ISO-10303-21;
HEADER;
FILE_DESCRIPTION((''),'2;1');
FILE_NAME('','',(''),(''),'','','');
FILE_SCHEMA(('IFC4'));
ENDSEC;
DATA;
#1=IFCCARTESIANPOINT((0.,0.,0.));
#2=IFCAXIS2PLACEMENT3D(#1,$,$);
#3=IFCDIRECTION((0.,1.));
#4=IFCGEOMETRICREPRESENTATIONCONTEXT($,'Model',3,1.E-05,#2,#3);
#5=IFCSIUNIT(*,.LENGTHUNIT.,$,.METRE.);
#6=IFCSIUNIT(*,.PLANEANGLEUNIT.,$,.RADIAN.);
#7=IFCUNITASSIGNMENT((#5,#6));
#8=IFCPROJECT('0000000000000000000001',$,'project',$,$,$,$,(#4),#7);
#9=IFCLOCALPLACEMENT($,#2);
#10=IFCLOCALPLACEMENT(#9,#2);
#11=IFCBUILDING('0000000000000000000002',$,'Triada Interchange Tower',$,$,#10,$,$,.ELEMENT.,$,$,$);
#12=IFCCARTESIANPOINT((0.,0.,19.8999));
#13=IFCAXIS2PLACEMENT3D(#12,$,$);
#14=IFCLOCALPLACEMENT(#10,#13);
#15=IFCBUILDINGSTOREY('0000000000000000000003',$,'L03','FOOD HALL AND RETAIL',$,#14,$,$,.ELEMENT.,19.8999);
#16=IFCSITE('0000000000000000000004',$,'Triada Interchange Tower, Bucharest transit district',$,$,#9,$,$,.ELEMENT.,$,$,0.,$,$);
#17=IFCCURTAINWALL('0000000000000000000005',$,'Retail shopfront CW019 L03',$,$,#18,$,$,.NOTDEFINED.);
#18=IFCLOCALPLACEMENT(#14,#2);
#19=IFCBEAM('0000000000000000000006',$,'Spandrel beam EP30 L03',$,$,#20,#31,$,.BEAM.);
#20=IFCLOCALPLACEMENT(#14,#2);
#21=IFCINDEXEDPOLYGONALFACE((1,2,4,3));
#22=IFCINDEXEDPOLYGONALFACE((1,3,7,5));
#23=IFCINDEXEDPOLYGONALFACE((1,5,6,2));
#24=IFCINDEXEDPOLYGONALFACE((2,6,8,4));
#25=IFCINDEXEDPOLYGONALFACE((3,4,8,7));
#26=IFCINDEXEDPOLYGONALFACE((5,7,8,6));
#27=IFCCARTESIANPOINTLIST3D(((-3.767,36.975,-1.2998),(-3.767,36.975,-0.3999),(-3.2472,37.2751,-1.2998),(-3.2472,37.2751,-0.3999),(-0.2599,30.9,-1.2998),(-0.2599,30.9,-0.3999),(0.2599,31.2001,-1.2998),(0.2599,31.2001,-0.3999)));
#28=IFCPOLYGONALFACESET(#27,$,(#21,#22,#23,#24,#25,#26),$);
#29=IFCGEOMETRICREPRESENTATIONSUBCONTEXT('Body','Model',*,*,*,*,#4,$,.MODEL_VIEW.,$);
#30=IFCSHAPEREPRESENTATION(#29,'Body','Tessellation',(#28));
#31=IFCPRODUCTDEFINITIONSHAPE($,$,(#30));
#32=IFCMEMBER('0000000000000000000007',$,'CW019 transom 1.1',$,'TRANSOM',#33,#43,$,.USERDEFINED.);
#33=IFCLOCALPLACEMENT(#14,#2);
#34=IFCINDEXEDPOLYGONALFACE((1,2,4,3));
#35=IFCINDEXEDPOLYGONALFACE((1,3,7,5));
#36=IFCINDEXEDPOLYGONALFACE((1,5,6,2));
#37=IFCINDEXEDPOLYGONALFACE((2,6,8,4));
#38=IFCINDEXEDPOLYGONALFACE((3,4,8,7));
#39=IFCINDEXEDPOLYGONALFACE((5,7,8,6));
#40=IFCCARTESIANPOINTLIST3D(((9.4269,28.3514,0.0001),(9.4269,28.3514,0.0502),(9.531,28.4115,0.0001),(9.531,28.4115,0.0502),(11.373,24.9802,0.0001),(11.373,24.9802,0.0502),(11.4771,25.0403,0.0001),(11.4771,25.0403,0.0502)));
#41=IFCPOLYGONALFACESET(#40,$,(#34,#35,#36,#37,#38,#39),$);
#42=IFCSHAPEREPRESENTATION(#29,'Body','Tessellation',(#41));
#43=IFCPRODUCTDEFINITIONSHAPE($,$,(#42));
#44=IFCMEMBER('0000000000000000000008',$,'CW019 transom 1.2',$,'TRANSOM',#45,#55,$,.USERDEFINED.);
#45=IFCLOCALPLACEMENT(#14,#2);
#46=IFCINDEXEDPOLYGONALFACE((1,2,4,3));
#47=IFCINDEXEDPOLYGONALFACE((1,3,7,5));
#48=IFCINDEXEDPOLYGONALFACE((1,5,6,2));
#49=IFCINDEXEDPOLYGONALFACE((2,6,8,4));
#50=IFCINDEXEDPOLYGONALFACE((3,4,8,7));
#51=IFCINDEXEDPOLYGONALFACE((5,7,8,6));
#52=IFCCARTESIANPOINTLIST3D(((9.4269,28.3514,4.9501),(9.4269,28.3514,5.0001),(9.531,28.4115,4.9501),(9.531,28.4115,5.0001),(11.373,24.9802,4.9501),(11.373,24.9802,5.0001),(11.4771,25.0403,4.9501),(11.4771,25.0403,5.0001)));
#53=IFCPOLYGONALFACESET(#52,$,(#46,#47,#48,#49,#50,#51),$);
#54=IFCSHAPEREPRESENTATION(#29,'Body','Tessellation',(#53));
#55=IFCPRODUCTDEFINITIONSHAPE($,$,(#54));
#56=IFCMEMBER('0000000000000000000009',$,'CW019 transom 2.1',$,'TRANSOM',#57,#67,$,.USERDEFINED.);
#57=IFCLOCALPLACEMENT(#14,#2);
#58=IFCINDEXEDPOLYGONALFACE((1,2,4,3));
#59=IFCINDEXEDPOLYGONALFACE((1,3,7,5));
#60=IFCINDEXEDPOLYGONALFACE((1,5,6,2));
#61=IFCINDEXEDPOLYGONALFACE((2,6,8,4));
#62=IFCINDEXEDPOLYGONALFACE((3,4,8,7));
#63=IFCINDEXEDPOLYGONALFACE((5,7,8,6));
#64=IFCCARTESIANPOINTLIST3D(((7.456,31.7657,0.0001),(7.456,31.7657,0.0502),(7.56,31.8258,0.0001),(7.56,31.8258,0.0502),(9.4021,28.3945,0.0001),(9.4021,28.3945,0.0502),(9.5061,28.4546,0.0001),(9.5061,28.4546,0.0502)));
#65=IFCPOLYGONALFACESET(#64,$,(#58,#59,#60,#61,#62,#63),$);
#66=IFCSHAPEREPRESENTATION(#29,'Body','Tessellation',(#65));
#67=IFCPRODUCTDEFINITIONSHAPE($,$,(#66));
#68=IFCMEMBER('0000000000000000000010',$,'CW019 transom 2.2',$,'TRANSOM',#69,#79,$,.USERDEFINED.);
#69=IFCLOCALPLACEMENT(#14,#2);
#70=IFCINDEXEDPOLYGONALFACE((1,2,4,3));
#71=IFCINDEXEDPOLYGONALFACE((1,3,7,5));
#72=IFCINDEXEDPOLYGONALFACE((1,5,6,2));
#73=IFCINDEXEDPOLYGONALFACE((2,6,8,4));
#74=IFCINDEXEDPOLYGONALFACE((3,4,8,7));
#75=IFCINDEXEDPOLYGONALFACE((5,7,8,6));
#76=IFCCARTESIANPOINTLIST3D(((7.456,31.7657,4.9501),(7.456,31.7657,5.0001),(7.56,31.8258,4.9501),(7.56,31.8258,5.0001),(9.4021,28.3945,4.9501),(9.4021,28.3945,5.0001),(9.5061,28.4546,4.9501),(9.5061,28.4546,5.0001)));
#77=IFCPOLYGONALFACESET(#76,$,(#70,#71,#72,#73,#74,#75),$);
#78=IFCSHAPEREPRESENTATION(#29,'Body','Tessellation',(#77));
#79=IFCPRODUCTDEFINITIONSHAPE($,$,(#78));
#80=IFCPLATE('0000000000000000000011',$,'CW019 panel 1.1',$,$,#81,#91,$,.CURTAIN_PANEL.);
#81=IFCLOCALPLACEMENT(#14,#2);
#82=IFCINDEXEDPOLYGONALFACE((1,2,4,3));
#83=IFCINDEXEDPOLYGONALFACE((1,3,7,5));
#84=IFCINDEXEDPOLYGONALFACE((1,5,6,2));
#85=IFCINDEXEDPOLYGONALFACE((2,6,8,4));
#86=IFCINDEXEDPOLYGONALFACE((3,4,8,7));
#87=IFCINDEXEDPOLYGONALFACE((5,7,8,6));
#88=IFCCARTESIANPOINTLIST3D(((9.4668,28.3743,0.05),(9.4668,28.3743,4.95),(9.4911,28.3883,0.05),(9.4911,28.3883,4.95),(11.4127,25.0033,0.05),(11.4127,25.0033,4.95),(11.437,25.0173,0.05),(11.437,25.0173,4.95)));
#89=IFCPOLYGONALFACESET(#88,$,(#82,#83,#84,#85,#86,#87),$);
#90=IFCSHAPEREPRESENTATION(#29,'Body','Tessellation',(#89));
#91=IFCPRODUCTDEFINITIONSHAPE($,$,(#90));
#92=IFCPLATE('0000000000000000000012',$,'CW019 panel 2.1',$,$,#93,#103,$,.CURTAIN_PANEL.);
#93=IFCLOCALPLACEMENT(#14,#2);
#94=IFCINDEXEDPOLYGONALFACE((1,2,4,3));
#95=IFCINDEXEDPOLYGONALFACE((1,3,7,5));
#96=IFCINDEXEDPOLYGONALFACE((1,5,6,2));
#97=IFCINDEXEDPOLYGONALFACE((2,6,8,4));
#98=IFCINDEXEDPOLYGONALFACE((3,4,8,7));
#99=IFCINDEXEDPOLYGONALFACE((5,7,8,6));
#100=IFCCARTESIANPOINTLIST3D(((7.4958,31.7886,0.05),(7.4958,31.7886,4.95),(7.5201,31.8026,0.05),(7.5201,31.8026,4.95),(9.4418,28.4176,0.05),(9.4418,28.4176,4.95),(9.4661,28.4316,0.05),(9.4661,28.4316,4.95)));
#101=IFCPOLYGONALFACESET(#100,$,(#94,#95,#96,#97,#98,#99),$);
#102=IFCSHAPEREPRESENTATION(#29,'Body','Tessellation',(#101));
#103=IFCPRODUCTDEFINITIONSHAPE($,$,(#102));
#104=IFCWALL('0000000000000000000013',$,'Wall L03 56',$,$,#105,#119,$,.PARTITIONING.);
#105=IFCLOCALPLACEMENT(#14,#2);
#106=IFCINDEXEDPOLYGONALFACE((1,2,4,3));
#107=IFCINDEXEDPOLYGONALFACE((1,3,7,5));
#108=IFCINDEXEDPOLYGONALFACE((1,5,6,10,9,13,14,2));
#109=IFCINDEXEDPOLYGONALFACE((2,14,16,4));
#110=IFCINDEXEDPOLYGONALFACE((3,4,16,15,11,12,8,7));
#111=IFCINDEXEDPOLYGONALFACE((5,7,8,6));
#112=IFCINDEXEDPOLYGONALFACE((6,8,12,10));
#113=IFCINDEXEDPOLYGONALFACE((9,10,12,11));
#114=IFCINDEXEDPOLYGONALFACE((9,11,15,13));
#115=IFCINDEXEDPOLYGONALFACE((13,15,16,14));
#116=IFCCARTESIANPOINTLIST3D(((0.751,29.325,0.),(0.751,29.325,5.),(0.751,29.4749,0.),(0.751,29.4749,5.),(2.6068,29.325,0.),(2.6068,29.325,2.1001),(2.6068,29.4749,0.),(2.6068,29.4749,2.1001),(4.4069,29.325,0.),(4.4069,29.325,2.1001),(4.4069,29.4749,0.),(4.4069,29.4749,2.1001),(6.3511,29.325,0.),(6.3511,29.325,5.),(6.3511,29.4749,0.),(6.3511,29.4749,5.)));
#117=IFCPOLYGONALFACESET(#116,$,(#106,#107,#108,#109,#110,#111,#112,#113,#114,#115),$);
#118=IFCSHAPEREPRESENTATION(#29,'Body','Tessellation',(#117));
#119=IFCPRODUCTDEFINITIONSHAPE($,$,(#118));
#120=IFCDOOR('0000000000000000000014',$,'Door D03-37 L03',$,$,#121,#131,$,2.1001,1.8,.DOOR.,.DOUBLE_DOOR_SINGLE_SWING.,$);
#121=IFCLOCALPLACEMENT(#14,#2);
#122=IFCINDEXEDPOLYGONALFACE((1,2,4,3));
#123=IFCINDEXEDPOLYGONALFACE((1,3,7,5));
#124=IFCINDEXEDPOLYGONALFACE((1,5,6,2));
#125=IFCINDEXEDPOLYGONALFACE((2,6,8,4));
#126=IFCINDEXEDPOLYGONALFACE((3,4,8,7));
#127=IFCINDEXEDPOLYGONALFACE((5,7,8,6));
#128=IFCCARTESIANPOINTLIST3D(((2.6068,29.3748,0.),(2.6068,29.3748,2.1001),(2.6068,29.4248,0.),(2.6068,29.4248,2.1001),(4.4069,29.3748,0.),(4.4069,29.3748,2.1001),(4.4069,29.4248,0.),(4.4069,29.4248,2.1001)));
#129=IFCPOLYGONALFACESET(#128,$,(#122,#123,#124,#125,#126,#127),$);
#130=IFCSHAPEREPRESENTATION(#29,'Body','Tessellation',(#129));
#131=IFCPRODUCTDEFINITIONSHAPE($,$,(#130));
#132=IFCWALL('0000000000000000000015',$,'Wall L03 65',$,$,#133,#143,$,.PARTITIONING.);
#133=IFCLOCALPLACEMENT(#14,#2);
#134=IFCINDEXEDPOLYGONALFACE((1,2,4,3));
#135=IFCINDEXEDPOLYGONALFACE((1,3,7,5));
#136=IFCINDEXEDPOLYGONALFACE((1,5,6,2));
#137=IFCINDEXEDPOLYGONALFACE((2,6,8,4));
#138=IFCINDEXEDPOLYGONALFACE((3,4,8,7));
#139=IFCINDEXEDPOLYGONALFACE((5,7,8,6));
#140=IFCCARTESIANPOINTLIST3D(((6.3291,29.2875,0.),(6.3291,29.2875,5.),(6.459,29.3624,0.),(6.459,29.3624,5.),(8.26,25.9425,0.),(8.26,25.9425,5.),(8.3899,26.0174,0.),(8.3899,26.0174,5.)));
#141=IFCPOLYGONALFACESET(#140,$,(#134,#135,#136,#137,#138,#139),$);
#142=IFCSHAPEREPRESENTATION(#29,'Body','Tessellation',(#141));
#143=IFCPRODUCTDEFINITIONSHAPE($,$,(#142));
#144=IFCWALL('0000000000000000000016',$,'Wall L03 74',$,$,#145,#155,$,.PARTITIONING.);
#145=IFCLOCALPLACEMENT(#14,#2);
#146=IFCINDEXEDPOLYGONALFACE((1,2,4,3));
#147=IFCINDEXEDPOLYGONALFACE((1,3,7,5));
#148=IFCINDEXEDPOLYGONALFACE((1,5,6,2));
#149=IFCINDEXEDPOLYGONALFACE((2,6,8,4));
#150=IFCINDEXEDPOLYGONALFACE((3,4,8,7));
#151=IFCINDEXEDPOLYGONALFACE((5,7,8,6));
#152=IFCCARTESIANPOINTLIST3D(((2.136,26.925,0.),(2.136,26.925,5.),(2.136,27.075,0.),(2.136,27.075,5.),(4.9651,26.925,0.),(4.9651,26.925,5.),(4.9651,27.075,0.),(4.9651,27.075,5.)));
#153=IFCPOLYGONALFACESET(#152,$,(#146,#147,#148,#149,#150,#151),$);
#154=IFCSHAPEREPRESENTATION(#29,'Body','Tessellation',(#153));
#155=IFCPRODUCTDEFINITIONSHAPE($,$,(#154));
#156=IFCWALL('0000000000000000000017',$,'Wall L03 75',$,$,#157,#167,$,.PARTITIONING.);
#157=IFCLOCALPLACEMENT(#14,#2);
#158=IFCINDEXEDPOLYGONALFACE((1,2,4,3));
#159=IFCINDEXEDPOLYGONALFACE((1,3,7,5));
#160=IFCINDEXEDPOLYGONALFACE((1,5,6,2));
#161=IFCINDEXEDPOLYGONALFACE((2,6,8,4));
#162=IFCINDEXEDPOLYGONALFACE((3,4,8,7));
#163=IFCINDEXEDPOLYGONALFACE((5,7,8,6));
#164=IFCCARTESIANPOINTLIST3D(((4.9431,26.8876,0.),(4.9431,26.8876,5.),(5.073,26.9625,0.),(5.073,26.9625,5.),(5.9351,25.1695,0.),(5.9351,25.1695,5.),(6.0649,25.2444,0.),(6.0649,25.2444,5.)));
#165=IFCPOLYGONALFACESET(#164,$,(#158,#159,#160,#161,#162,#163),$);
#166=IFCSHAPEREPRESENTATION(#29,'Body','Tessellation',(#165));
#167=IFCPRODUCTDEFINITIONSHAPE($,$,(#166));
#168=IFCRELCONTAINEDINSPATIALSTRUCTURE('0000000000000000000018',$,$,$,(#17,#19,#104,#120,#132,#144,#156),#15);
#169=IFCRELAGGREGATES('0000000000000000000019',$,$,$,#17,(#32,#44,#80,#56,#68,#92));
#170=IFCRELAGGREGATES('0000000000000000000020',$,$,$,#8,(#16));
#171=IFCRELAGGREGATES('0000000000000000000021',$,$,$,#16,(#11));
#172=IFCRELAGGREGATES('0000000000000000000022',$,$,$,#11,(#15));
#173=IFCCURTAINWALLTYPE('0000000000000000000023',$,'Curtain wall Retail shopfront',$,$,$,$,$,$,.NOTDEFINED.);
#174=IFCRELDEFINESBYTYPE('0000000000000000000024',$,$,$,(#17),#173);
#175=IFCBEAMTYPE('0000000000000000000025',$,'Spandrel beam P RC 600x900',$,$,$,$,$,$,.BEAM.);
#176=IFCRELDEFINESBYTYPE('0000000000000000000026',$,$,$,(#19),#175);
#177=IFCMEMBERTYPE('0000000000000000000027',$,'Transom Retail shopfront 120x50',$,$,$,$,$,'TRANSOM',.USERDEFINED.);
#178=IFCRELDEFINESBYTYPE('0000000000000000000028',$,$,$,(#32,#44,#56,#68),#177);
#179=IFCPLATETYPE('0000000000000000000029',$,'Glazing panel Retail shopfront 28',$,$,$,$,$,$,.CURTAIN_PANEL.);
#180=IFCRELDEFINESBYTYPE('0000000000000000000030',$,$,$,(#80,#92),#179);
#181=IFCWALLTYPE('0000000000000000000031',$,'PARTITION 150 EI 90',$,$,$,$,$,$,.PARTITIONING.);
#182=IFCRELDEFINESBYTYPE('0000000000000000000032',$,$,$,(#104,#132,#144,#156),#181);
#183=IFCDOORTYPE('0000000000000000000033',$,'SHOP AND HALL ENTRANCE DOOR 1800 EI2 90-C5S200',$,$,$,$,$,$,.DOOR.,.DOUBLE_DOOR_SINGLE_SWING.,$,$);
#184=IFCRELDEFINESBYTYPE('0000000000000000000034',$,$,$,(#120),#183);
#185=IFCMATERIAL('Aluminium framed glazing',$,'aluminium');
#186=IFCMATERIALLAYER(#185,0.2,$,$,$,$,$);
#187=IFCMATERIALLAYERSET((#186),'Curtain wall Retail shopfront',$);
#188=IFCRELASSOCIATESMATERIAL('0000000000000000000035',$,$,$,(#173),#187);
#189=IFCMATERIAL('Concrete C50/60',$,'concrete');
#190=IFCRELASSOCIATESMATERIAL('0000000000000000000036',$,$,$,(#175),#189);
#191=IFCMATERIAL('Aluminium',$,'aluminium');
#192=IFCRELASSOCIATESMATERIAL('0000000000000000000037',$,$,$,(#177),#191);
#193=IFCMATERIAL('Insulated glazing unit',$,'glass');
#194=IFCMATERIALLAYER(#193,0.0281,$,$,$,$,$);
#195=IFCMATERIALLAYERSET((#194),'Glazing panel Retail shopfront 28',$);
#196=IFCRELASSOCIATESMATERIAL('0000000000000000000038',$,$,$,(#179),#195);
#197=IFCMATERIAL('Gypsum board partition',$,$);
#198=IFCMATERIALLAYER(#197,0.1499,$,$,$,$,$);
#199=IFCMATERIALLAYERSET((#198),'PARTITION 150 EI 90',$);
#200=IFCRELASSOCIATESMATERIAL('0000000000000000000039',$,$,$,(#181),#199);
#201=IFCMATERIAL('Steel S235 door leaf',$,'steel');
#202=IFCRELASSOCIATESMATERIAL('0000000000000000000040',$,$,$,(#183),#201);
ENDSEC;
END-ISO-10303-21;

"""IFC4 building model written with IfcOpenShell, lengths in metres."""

from ifc_helpers import new_model, si_unit, direction, frame, frame_2d, origin, origin_2d, place, context, subcontext, project, spatial, rectangle, extrude, material, layer, layer_set, material_profile, profile_set, type_object, element, fill, aggregate, save


model = new_model("IFC4")

# Units and contexts
model_context = context("Model", 3, precision=1e-05, world=origin(), true_north=direction((0.0, 1.0)))
body_context = subcontext(model_context, "Body", "Model", "MODEL_VIEW")
ifc_project = project(units=[si_unit("LENGTHUNIT", "METRE"), si_unit("PLANEANGLEUNIT", "RADIAN")], contexts=[model_context])

# Site, building, storey
site_placement = place(None, origin())
site = spatial("IfcSite", under=ifc_project, at=site_placement, Name="Triada Interchange Tower, Bucharest transit district", CompositionType="ELEMENT", RefElevation=0.0)
building_placement = place(site_placement, origin())
building = spatial("IfcBuilding", under=site, at=building_placement, Name="Triada Interchange Tower", CompositionType="ELEMENT")
storey_placement = place(building_placement, frame((0.0, 0.0, 19.8999)))
storey = spatial("IfcBuildingStorey", under=building, at=storey_placement, Name="L03", Description="FOOD HALL AND RETAIL", CompositionType="ELEMENT", Elevation=19.8999)

# Shared definitions
ifc_material_1 = material(Name="Aluminium framed glazing", Category="aluminium")
ifc_layer_1 = layer(ifc_material_1, 0.2)
ifc_layer_set_1 = layer_set([ifc_layer_1], Name="Curtain wall Retail shopfront")
curtain_wall_type = type_object("IfcCurtainWallType", Name="Curtain wall Retail shopfront", PredefinedType="NOTDEFINED", material=ifc_layer_set_1)
ifc_material_2 = material(Name="Aluminium", Category="aluminium")

# Curtain wall
curtain_wall_1_placement = place(storey_placement, origin())
curtain_wall_1 = element("IfcCurtainWall", 1, at=curtain_wall_1_placement, inside=storey, type_object=curtain_wall_type, Name="Retail shopfront CW019 L03", PredefinedType="NOTDEFINED")

# Beam
ifc_material_3 = material(Name="Concrete C50/60", Category="concrete")
ifc_material_profile_1 = material_profile(ifc_material_3, rectangle(XDim=0.6001, YDim=0.8999, at=origin_2d()), Name="RC 600x900")
ifc_profile_set_1 = profile_set([ifc_material_profile_1], Name="Concrete C50/60")
beam_type_1 = type_object("IfcBeamType", Name="Spandrel beam P RC 600x900", PredefinedType="BEAM", material=ifc_profile_set_1)
beam_1_placement = place(storey_placement, frame((0.0, 31.05, -0.8499), z_axis=(-0.499968, 0.866044, 0.0), x_axis=(-0.866044, -0.499968, 0.0)))
element("IfcBeam", 2, at=beam_1_placement, inside=storey, type_object=beam_type_1, Name="Spandrel beam EP30 L03", PredefinedType="BEAM", context=body_context, shape_type="SweptSolid", body=[
    extrude(rectangle(XDim=0.6001, YDim=0.8999, at=origin_2d()), origin(), (0.0, 0.0, 1.0), 7.0146),
])

# Members
ifc_material_profile_2 = material_profile(ifc_material_2, rectangle(XDim=0.1201, YDim=0.05, at=origin_2d()), Name="Aluminium transom")
ifc_profile_set_2 = profile_set([ifc_material_profile_2], Name="Aluminium")
member_type_1 = type_object("IfcMemberType", Name="Transom Retail shopfront 120x50", ElementType="TRANSOM", PredefinedType="USERDEFINED", material=ifc_profile_set_2)
member_1_placement = place(storey_placement, frame((11.425, 25.0103, 0.0251), z_axis=(-0.49995, 0.866054, 0.0), x_axis=(-0.866054, -0.49995, 0.0)))
member_1 = element("IfcMember", 3, at=member_1_placement, type_object=member_type_1, Name="CW019 transom 1.1", ObjectType="TRANSOM", PredefinedType="USERDEFINED", context=body_context, shape_type="SweptSolid", body=[
    extrude(rectangle(XDim=0.1201, YDim=0.05, at=origin_2d()), origin(), (0.0, 0.0, 1.0), 3.8926),
])
member_2_placement = place(storey_placement, frame((11.425, 25.0103, 4.9751), z_axis=(-0.49995, 0.866054, 0.0), x_axis=(-0.866054, -0.49995, 0.0)))
member_2 = element("IfcMember", 4, at=member_2_placement, type_object=member_type_1, Name="CW019 transom 1.2", ObjectType="TRANSOM", PredefinedType="USERDEFINED", context=body_context, shape_type="SweptSolid", body=[
    extrude(rectangle(XDim=0.1201, YDim=0.05, at=origin_2d()), origin(), (0.0, 0.0, 1.0), 3.8926),
])
member_3_placement = place(storey_placement, frame((9.4541, 28.4246, 0.0251), z_axis=(-0.49995, 0.866054, 0.0), x_axis=(-0.866054, -0.49995, 0.0)))
member_3 = element("IfcMember", 5, at=member_3_placement, type_object=member_type_1, Name="CW019 transom 2.1", ObjectType="TRANSOM", PredefinedType="USERDEFINED", context=body_context, shape_type="SweptSolid", body=[
    extrude(rectangle(XDim=0.1201, YDim=0.05, at=origin_2d()), origin(), (0.0, 0.0, 1.0), 3.8926),
])
member_4_placement = place(storey_placement, frame((9.4541, 28.4246, 4.9751), z_axis=(-0.49995, 0.866054, 0.0), x_axis=(-0.866054, -0.49995, 0.0)))
member_4 = element("IfcMember", 6, at=member_4_placement, type_object=member_type_1, Name="CW019 transom 2.2", ObjectType="TRANSOM", PredefinedType="USERDEFINED", context=body_context, shape_type="SweptSolid", body=[
    extrude(rectangle(XDim=0.1201, YDim=0.05, at=origin_2d()), origin(), (0.0, 0.0, 1.0), 3.8926),
])

# Plates
ifc_material_4 = material(Name="Insulated glazing unit", Category="glass")
ifc_layer_2 = layer(ifc_material_4, 0.0281)
ifc_layer_set_2 = layer_set([ifc_layer_2], Name="Glazing panel Retail shopfront 28")
plate_type = type_object("IfcPlateType", Name="Glazing panel Retail shopfront 28", PredefinedType="CURTAIN_PANEL", material=ifc_layer_set_2)
plate_1_placement = place(storey_placement, frame((10.4519, 26.6958, 0.05), z_axis=(0.0, 0.0, 1.0), x_axis=(-0.499948, 0.866055, 0.0)))
plate_1 = element("IfcPlate", 7, at=plate_1_placement, type_object=plate_type, Name="CW019 panel 1.1", PredefinedType="CURTAIN_PANEL", context=body_context, shape_type="SweptSolid", body=[
    extrude(rectangle(XDim=3.8923, YDim=0.0281, at=origin_2d()), origin(), (0.0, 0.0, 1.0), 4.8999),
])
plate_2_placement = place(storey_placement, frame((8.481, 30.1101, 0.05), z_axis=(0.0, 0.0, 1.0), x_axis=(-0.499948, 0.866055, 0.0)))
plate_2 = element("IfcPlate", 8, at=plate_2_placement, type_object=plate_type, Name="CW019 panel 2.1", PredefinedType="CURTAIN_PANEL", context=body_context, shape_type="SweptSolid", body=[
    extrude(rectangle(XDim=3.8923, YDim=0.0281, at=origin_2d()), origin(), (0.0, 0.0, 1.0), 4.8999),
])
aggregate(curtain_wall_1, [member_1, member_2, plate_1, member_3, member_4, plate_2])

# Wall, opening, door
ifc_material_5 = material(Name="Gypsum board partition")
ifc_layer_3 = layer(ifc_material_5, 0.1499)
ifc_layer_set_3 = layer_set([ifc_layer_3], Name="PARTITION 150 EI 90")
wall_type = type_object("IfcWallType", Name="PARTITION 150 EI 90", PredefinedType="PARTITIONING", material=ifc_layer_set_3)
wall_1_placement = place(storey_placement, frame((0.751, 29.3999, 0.0), z_axis=(0.0, 0.0, 1.0), x_axis=(1.0, 0.0, 0.0)))
wall_1 = element("IfcWall", 9, at=wall_1_placement, inside=storey, type_object=wall_type, Name="Wall L03 56", PredefinedType="PARTITIONING", context=body_context, shape_type="SweptSolid", body=[
    extrude(rectangle(XDim=5.6001, YDim=0.1499, at=frame_2d((2.8, 0.0))), origin(), (0.0, 0.0, 1.0), 5.0),
])
opening_placement = place(wall_1_placement, frame((1.856, 0.0, 0.0)))
opening = element("IfcOpeningElement", 10, at=opening_placement, cuts=wall_1, PredefinedType="OPENING", context=body_context, shape_type="SweptSolid", body=[
    extrude(rectangle(XDim=1.8, YDim=2.1001, at=frame_2d((0.8999, 1.05))), frame((0.0, 0.085, 0.0), z_axis=(0.0, -1.0, 0.0), x_axis=(1.0, 0.0, 0.0)), (0.0, 0.0, 1.0), 0.1699),
])
ifc_material_6 = material(Name="Steel S235 door leaf", Category="steel")
door_type = type_object("IfcDoorType", Name="SHOP AND HALL ENTRANCE DOOR 1800 EI2 90-C5S200", OperationType="DOUBLE_DOOR_SINGLE_SWING", PredefinedType="DOOR", material=ifc_material_6)
door_placement = place(opening_placement, origin())
door = element("IfcDoor", 11, at=door_placement, inside=storey, type_object=door_type, Name="Door D03-37 L03", OperationType="DOUBLE_DOOR_SINGLE_SWING", OverallHeight=2.1001, OverallWidth=1.8, PredefinedType="DOOR", context=body_context, shape_type="SweptSolid", body=[
    extrude(rectangle(XDim=1.8, YDim=2.1001, at=frame_2d((0.8999, 1.05))), frame((0.0, 0.0249, 0.0), z_axis=(0.0, -1.0, 0.0), x_axis=(1.0, 0.0, 0.0)), (0.0, 0.0, 1.0), 0.05),
])
fill(opening, door)

# Walls
wall_2_placement = place(storey_placement, frame((6.394, 29.325, 0.0), z_axis=(0.0, 0.0, 1.0), x_axis=(0.49994, -0.86606, 0.0)))
element("IfcWall", 12, at=wall_2_placement, inside=storey, type_object=wall_type, Name="Wall L03 65", PredefinedType="PARTITIONING", context=body_context, shape_type="SweptSolid", body=[
    extrude(rectangle(XDim=3.8623, YDim=0.1499, at=frame_2d((1.9312, 0.0))), origin(), (0.0, 0.0, 1.0), 5.0),
])
wall_3_placement = place(storey_placement, frame((2.136, 27.0, 0.0), z_axis=(0.0, 0.0, 1.0), x_axis=(1.0, 0.0, 0.0)))
element("IfcWall", 13, at=wall_3_placement, inside=storey, type_object=wall_type, Name="Wall L03 74", PredefinedType="PARTITIONING", context=body_context, shape_type="SweptSolid", body=[
    extrude(rectangle(XDim=2.8291, YDim=0.1499, at=frame_2d((1.4146, 0.0))), origin(), (0.0, 0.0, 1.0), 5.0),
])
wall_4_placement = place(storey_placement, frame((5.0081, 26.925, 0.0), z_axis=(0.0, 0.0, 1.0), x_axis=(0.500017, -0.866015, 0.0)))
element("IfcWall", 14, at=wall_4_placement, inside=storey, type_object=wall_type, Name="Wall L03 75", PredefinedType="PARTITIONING", context=body_context, shape_type="SweptSolid", body=[
    extrude(rectangle(XDim=1.9839, YDim=0.1499, at=frame_2d((0.9919, 0.0))), origin(), (0.0, 0.0, 1.0), 5.0),
])

save(model, "model.ifc")
